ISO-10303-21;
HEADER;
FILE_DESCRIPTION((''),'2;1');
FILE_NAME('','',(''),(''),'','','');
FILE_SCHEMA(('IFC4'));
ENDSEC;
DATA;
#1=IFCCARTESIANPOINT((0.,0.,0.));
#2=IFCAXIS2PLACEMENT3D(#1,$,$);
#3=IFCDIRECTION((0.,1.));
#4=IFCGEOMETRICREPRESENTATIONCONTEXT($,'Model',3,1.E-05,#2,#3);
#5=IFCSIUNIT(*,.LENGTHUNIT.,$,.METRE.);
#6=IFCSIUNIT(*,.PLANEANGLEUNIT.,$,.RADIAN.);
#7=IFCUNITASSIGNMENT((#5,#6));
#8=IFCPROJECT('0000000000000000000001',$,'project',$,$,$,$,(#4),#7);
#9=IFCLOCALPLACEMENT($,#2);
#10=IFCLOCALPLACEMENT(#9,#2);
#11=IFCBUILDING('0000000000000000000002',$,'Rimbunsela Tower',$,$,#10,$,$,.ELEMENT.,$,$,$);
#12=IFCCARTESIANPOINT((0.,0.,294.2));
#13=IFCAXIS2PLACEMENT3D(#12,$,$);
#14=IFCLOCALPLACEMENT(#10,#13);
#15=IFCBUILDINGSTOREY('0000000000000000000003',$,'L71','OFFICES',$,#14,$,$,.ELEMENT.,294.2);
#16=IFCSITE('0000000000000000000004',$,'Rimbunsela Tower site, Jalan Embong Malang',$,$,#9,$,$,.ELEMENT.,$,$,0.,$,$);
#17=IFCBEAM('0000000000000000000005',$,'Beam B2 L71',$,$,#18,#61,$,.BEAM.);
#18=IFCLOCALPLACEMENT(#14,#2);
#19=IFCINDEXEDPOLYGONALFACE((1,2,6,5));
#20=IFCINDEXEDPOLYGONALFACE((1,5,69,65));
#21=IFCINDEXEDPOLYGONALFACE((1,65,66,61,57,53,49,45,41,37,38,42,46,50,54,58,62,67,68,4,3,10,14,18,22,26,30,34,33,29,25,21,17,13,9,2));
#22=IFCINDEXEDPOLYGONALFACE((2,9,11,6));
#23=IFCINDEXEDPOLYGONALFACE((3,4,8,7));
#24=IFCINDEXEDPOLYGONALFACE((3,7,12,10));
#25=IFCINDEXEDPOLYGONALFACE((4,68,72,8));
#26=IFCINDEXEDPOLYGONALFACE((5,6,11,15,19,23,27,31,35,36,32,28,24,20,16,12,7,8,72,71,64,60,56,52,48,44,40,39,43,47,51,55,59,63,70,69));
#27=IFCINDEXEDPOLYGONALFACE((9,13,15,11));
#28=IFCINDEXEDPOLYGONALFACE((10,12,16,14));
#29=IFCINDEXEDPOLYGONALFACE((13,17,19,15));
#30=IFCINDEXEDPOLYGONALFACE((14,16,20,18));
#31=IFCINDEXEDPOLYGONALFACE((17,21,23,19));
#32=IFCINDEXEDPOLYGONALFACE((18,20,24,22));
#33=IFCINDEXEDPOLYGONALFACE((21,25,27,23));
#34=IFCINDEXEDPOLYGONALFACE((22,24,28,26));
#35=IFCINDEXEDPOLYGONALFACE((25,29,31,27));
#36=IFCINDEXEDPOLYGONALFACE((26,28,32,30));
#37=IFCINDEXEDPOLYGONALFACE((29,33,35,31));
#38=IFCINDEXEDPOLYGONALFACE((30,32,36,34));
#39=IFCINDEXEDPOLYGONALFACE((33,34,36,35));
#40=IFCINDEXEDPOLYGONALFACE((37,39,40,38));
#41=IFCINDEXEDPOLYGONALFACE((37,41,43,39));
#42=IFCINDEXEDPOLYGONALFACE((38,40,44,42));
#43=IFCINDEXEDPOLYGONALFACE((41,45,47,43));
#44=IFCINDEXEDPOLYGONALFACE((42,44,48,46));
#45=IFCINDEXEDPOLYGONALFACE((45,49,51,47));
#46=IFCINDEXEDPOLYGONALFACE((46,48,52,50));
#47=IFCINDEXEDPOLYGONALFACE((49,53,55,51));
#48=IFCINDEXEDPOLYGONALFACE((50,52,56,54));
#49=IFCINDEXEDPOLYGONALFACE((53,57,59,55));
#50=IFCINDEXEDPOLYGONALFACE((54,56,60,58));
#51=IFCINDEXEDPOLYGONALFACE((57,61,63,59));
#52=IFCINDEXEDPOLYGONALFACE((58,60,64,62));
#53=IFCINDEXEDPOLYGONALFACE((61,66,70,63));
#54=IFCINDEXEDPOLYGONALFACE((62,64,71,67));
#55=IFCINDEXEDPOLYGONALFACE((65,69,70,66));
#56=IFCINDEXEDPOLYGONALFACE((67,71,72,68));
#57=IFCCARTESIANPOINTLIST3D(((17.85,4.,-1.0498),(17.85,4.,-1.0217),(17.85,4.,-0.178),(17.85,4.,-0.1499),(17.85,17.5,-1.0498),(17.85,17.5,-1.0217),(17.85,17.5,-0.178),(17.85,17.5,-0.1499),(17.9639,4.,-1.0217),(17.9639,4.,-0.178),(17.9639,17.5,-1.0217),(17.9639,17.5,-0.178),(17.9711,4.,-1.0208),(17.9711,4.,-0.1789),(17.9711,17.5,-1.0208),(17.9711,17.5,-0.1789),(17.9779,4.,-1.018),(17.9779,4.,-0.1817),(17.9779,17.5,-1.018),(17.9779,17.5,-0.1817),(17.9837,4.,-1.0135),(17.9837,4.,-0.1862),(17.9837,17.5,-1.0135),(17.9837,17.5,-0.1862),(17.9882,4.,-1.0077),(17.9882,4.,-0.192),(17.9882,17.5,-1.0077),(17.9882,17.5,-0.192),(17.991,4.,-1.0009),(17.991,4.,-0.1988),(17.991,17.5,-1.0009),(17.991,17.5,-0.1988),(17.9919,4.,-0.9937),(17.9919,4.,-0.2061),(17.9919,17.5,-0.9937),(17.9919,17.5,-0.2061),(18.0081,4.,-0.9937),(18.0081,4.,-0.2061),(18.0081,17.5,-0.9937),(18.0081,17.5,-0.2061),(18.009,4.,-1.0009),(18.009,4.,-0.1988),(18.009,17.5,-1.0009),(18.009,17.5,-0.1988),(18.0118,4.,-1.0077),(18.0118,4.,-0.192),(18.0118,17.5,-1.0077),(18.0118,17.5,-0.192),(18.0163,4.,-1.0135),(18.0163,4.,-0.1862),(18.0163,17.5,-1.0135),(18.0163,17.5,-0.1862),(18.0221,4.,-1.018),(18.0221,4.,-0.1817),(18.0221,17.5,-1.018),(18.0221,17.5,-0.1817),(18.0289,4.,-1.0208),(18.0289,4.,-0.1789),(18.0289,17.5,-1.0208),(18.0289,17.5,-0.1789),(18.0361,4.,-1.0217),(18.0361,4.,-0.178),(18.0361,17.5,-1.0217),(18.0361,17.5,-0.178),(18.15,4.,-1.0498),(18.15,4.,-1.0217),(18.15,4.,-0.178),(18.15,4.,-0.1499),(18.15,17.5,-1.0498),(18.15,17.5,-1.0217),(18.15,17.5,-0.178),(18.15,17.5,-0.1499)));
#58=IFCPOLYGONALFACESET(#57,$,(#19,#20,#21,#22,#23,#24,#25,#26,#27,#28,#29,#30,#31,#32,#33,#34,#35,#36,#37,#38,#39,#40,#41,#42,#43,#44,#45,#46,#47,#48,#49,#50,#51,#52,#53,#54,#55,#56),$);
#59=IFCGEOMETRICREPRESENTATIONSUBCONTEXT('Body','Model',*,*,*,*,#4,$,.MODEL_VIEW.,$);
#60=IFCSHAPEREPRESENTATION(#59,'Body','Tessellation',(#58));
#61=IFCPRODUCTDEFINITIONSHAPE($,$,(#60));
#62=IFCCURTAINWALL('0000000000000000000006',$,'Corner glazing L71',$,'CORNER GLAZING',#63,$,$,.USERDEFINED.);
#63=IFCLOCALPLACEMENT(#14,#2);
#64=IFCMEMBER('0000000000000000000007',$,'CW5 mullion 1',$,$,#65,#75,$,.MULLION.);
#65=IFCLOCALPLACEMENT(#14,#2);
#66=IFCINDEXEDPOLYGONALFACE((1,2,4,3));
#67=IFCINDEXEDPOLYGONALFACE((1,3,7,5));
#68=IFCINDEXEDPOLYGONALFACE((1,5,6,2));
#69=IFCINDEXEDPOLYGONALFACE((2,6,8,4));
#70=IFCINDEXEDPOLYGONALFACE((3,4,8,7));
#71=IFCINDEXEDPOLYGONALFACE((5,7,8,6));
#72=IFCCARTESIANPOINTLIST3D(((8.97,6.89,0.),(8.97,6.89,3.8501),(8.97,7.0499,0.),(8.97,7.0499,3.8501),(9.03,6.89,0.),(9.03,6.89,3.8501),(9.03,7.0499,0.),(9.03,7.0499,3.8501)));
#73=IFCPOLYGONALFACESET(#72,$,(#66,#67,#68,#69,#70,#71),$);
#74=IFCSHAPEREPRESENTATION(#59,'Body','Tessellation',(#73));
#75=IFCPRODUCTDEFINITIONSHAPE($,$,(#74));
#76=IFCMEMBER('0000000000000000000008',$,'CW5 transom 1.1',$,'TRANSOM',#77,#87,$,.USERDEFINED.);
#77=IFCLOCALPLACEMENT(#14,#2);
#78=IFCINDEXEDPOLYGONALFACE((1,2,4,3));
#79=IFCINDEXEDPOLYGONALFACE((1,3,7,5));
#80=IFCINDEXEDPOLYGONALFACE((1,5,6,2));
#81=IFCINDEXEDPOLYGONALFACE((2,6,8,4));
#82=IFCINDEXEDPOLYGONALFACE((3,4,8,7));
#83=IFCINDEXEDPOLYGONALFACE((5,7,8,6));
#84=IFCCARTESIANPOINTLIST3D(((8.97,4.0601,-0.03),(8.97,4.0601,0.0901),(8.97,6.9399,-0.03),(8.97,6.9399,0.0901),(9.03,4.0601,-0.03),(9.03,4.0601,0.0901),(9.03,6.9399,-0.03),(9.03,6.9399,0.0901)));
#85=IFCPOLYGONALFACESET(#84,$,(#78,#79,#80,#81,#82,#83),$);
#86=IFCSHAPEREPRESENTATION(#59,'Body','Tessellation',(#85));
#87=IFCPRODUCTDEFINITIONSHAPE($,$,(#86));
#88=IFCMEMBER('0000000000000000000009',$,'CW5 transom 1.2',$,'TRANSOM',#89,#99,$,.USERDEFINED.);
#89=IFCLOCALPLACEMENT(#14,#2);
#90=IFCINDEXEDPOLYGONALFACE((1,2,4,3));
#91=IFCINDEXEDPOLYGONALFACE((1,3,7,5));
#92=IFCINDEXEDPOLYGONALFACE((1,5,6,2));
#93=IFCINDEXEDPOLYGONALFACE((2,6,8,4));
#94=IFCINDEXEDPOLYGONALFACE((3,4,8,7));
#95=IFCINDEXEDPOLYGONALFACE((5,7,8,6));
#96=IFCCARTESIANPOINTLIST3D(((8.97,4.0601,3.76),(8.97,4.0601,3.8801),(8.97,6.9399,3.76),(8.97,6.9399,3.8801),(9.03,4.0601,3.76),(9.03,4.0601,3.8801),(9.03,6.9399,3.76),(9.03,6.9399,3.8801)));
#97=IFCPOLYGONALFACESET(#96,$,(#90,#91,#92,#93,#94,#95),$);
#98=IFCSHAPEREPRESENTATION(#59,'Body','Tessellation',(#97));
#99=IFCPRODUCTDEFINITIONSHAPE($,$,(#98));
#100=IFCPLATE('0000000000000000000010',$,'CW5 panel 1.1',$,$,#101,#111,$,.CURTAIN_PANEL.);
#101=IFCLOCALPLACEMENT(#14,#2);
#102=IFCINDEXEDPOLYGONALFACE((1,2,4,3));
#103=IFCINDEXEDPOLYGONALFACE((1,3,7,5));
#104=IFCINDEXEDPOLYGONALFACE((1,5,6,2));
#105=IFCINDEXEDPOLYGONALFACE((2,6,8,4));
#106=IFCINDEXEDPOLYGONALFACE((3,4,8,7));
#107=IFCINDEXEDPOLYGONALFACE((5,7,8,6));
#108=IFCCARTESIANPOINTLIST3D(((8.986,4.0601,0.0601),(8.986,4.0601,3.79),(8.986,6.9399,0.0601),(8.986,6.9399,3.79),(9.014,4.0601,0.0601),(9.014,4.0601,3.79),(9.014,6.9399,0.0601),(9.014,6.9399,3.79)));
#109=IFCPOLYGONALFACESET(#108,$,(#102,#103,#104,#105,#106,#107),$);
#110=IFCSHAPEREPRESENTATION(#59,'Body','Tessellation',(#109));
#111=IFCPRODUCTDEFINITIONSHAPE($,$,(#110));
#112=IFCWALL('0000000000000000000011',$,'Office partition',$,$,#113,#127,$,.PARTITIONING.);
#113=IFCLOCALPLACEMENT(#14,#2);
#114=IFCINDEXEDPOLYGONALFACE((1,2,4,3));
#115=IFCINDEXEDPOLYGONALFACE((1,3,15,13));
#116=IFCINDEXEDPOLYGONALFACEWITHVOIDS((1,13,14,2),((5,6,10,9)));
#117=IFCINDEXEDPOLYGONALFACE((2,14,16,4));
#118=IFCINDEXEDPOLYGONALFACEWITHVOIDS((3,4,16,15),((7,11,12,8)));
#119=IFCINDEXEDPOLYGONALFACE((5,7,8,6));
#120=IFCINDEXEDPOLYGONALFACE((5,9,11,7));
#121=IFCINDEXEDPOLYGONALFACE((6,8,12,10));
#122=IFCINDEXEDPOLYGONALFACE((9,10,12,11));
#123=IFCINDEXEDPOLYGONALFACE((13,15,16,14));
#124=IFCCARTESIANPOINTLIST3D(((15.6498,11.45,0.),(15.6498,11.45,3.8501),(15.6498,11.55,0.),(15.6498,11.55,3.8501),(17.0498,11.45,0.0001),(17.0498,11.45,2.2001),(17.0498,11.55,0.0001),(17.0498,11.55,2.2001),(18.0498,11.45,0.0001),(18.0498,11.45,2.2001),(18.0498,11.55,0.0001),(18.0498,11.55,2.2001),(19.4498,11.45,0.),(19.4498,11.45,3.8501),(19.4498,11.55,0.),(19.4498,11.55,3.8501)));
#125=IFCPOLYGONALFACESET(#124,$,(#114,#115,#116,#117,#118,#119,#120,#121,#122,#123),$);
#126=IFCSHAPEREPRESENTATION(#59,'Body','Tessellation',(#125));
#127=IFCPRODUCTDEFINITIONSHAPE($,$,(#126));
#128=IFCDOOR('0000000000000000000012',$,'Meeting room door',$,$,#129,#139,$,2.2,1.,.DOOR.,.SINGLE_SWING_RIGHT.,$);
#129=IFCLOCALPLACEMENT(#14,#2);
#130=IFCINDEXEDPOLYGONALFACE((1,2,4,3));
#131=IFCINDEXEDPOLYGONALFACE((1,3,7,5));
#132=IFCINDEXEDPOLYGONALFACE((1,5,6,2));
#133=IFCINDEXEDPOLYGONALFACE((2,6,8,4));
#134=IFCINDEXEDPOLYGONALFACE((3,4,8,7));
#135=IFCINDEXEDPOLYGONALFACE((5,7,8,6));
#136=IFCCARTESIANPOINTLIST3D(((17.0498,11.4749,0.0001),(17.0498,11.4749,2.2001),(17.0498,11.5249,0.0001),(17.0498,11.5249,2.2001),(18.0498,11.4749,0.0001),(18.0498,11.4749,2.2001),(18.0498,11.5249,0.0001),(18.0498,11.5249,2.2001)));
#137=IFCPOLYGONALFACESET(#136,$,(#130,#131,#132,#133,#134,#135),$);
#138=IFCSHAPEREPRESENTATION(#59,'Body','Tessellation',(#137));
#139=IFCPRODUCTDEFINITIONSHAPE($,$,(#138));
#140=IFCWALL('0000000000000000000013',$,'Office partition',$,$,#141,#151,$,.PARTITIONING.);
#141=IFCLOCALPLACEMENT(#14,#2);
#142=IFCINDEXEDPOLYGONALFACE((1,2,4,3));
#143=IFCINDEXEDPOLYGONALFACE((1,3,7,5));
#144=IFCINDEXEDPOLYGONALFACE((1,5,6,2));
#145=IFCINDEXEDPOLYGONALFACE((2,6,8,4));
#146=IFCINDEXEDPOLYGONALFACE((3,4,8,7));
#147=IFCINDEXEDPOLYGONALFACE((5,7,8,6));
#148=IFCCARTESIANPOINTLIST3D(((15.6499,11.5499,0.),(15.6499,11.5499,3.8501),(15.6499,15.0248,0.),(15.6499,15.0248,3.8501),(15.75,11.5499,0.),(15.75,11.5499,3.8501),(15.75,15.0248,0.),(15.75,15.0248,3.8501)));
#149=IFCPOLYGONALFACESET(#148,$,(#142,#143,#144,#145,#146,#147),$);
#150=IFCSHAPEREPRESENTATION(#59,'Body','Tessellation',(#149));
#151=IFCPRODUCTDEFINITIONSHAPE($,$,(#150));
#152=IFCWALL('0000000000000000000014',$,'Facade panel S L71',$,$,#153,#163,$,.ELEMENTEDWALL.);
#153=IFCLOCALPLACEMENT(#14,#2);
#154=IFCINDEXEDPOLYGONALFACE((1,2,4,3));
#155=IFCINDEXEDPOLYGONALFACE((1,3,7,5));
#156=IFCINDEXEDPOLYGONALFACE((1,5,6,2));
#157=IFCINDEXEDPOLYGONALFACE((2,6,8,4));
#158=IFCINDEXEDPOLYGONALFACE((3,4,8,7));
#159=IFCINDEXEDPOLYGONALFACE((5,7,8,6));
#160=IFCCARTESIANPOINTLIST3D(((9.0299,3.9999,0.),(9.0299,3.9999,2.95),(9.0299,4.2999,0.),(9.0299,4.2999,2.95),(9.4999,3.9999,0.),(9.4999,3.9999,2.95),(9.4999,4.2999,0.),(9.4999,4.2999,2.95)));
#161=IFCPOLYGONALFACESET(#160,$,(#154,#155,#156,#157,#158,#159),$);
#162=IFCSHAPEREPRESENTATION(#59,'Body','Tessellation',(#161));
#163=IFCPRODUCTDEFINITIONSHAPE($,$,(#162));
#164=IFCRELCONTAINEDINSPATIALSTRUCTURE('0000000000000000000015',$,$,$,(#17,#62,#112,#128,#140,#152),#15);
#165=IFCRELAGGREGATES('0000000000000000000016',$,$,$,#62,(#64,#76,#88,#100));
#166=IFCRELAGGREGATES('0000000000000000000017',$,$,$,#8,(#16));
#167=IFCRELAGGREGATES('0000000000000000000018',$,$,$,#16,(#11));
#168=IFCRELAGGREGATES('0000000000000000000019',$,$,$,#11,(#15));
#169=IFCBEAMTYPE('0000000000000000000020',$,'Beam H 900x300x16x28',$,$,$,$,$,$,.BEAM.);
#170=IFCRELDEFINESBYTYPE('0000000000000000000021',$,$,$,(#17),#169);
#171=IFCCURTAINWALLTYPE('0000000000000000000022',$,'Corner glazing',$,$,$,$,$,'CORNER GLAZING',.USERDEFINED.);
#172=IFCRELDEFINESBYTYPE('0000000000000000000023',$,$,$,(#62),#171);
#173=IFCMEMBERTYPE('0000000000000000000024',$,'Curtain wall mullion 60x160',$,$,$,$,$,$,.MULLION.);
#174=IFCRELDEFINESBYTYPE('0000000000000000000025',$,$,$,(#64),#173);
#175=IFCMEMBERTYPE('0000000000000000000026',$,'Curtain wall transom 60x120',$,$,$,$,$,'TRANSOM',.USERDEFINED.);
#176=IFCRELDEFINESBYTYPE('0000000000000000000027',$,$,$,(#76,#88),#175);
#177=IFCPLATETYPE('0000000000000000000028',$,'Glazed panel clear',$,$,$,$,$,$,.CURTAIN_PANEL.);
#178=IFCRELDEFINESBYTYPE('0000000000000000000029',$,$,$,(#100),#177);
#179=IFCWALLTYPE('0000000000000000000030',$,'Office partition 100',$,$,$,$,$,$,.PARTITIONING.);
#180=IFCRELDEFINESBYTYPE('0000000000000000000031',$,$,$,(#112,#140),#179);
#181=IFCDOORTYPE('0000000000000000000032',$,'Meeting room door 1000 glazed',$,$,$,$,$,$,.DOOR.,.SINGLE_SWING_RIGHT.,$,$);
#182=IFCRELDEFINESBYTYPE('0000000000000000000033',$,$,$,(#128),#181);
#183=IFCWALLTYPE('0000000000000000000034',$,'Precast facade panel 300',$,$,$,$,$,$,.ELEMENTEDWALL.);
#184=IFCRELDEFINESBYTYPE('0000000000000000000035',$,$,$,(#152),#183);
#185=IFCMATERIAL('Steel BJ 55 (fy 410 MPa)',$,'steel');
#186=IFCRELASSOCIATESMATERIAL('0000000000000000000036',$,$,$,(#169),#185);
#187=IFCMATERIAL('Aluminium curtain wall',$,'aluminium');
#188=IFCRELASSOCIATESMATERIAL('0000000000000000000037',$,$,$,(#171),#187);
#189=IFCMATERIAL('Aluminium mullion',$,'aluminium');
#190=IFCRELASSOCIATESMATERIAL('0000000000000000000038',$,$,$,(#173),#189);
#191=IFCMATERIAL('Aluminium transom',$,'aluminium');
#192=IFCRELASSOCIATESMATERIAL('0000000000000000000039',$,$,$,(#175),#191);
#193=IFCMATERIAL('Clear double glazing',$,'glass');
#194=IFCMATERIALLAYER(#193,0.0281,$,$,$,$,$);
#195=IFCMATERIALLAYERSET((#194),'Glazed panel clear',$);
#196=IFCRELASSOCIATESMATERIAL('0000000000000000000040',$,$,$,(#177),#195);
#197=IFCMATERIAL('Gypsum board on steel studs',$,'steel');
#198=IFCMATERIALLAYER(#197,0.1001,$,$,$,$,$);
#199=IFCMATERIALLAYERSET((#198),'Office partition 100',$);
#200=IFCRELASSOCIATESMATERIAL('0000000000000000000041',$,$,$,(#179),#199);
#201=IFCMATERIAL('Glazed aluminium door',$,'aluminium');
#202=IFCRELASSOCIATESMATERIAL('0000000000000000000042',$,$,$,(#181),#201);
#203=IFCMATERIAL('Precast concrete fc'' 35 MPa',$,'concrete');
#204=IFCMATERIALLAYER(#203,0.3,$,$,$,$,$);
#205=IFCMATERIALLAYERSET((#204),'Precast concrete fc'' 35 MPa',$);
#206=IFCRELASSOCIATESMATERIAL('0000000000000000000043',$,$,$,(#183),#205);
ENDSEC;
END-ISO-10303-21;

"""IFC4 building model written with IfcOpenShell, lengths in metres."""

from ifc_helpers import new_model, si_unit, direction, frame, frame_2d, origin, origin_2d, place, context, subcontext, project, spatial, rectangle, i_section, extrude, material, layer, layer_set, material_profile, profile_set, type_object, element, fill, aggregate, save


model = new_model("IFC4")

# Units and contexts
model_context = context("Model", 3, precision=1e-05, world=origin(), true_north=direction((0.0, 1.0)))
body_context = subcontext(model_context, "Body", "Model", "MODEL_VIEW")
ifc_project = project(units=[si_unit("LENGTHUNIT", "METRE"), si_unit("PLANEANGLEUNIT", "RADIAN")], contexts=[model_context])

# Site, building, storey
site_placement = place(None, origin())
site = spatial("IfcSite", under=ifc_project, at=site_placement, Name="Rimbunsela Tower site, Jalan Embong Malang", CompositionType="ELEMENT", RefElevation=0.0)
building_placement = place(site_placement, origin())
building = spatial("IfcBuilding", under=site, at=building_placement, Name="Rimbunsela Tower", CompositionType="ELEMENT")
storey_placement = place(building_placement, frame((0.0, 0.0, 294.2)))
storey = spatial("IfcBuildingStorey", under=building, at=storey_placement, Name="L71", Description="OFFICES", CompositionType="ELEMENT", Elevation=294.2)

# Beam
ifc_material_1 = material(Name="Steel BJ 55 (fy 410 MPa)", Category="steel")
ifc_material_profile_1 = material_profile(ifc_material_1, i_section(OverallWidth=0.3, OverallDepth=0.8999, WebThickness=0.0161, FlangeThickness=0.0281, FilletRadius=0.0281, at=origin_2d()), Name="H 900x300x16x28")
ifc_profile_set_1 = profile_set([ifc_material_profile_1], Name="Steel BJ 55 (fy 410 MPa)")
beam_type_1 = type_object("IfcBeamType", Name="Beam H 900x300x16x28", PredefinedType="BEAM", material=ifc_profile_set_1)
beam_placement = place(storey_placement, frame((18.0, 4.0, -0.5999), z_axis=(0.0, 1.0, 0.0), x_axis=(-1.0, 0.0, 0.0)))
element("IfcBeam", 1, at=beam_placement, inside=storey, type_object=beam_type_1, Name="Beam B2 L71", PredefinedType="BEAM", context=body_context, shape_type="SweptSolid", body=[
    extrude(i_section(OverallWidth=0.3, OverallDepth=0.8999, WebThickness=0.0161, FlangeThickness=0.0281, FilletRadius=0.0281, at=origin_2d()), origin(), (0.0, 0.0, 1.0), 13.5),
])

# Curtain wall, members, plate
ifc_material_2 = material(Name="Aluminium curtain wall", Category="aluminium")
curtain_wall_type = type_object("IfcCurtainWallType", Name="Corner glazing", ElementType="CORNER GLAZING", PredefinedType="USERDEFINED", material=ifc_material_2)
curtain_wall_placement = place(storey_placement, origin())
curtain_wall = element("IfcCurtainWall", 2, at=curtain_wall_placement, inside=storey, type_object=curtain_wall_type, Name="Corner glazing L71", ObjectType="CORNER GLAZING", PredefinedType="USERDEFINED")
ifc_material_3 = material(Name="Aluminium mullion", Category="aluminium")
ifc_material_profile_2 = material_profile(ifc_material_3, rectangle(XDim=0.0601, YDim=0.1599, at=origin_2d()), Name="Mullion 60x160")
ifc_profile_set_2 = profile_set([ifc_material_profile_2], Name="Aluminium mullion")
member_type_1 = type_object("IfcMemberType", Name="Curtain wall mullion 60x160", PredefinedType="MULLION", material=ifc_profile_set_2)
member_1_placement = place(storey_placement, frame((9.0, 6.97, 0.0), z_axis=(0.0, 0.0, 1.0), x_axis=(1.0, 0.0, 0.0)))
member_1 = element("IfcMember", 3, at=member_1_placement, type_object=member_type_1, Name="CW5 mullion 1", PredefinedType="MULLION", context=body_context, shape_type="SweptSolid", body=[
    extrude(rectangle(XDim=0.0601, YDim=0.1599, at=origin_2d()), origin(), (0.0, 0.0, 1.0), 3.8501),
])
ifc_material_4 = material(Name="Aluminium transom", Category="aluminium")
ifc_material_profile_3 = material_profile(ifc_material_4, rectangle(XDim=0.0601, YDim=0.1201, at=origin_2d()), Name="Transom 60x120")
ifc_profile_set_3 = profile_set([ifc_material_profile_3], Name="Aluminium transom")
member_type_2 = type_object("IfcMemberType", Name="Curtain wall transom 60x120", ElementType="TRANSOM", PredefinedType="USERDEFINED", material=ifc_profile_set_3)
member_2_placement = place(storey_placement, frame((9.0, 6.9399, 0.03), z_axis=(0.0, -1.0, 0.0), x_axis=(1.0, 0.0, 0.0)))
member_2 = element("IfcMember", 4, at=member_2_placement, type_object=member_type_2, Name="CW5 transom 1.1", ObjectType="TRANSOM", PredefinedType="USERDEFINED", context=body_context, shape_type="SweptSolid", body=[
    extrude(rectangle(XDim=0.0601, YDim=0.1201, at=origin_2d()), origin(), (0.0, 0.0, 1.0), 2.8799),
])
member_3_placement = place(storey_placement, frame((9.0, 6.9399, 3.8201), z_axis=(0.0, -1.0, 0.0), x_axis=(1.0, 0.0, 0.0)))
member_3 = element("IfcMember", 5, at=member_3_placement, type_object=member_type_2, Name="CW5 transom 1.2", ObjectType="TRANSOM", PredefinedType="USERDEFINED", context=body_context, shape_type="SweptSolid", body=[
    extrude(rectangle(XDim=0.0601, YDim=0.1201, at=origin_2d()), origin(), (0.0, 0.0, 1.0), 2.8799),
])
ifc_material_5 = material(Name="Clear double glazing", Category="glass")
ifc_layer_1 = layer(ifc_material_5, 0.0281)
ifc_layer_set_1 = layer_set([ifc_layer_1], Name="Glazed panel clear")
plate_type = type_object("IfcPlateType", Name="Glazed panel clear", PredefinedType="CURTAIN_PANEL", material=ifc_layer_set_1)
plate_placement = place(storey_placement, frame((9.0, 5.5, 0.0601), z_axis=(0.0, 0.0, 1.0), x_axis=(0.0, -1.0, 0.0)))
plate = element("IfcPlate", 6, at=plate_placement, type_object=plate_type, Name="CW5 panel 1.1", PredefinedType="CURTAIN_PANEL", context=body_context, shape_type="SweptSolid", body=[
    extrude(rectangle(XDim=2.8799, YDim=0.0281, at=origin_2d()), origin(), (0.0, 0.0, 1.0), 3.73),
])
aggregate(curtain_wall, [member_1, member_2, member_3, plate])

# Wall, opening, door
ifc_material_6 = material(Name="Gypsum board on steel studs", Category="steel")
ifc_layer_2 = layer(ifc_material_6, 0.1001)
ifc_layer_set_2 = layer_set([ifc_layer_2], Name="Office partition 100")
wall_type_1 = type_object("IfcWallType", Name="Office partition 100", PredefinedType="PARTITIONING", material=ifc_layer_set_2)
wall_1_placement = place(storey_placement, frame((15.6499, 11.5, 0.0), z_axis=(0.0, 0.0, 1.0), x_axis=(1.0, 0.0, 0.0)))
wall_1 = element("IfcWall", 7, at=wall_1_placement, inside=storey, type_object=wall_type_1, Name="Office partition", PredefinedType="PARTITIONING", context=body_context, shape_type="SweptSolid", body=[
    extrude(rectangle(XDim=3.8, YDim=0.1001, at=frame_2d((1.8999, 0.0))), origin(), (0.0, 0.0, 1.0), 3.8501),
])
opening_1_placement = place(wall_1_placement, frame((1.3999, 0.0, 0.0)))
opening_1 = element("IfcOpeningElement", 8, at=opening_1_placement, cuts=wall_1, PredefinedType="OPENING", context=body_context, shape_type="SweptSolid", body=[
    extrude(rectangle(XDim=1.0, YDim=2.2, at=frame_2d((0.5, 1.1001))), frame((0.0, 0.0601, 0.0), z_axis=(0.0, -1.0, 0.0), x_axis=(1.0, 0.0, 0.0)), (0.0, 0.0, 1.0), 0.1201),
])
ifc_material_7 = material(Name="Glazed aluminium door", Category="aluminium")
door_type_1 = type_object("IfcDoorType", Name="Meeting room door 1000 glazed", OperationType="SINGLE_SWING_RIGHT", PredefinedType="DOOR", material=ifc_material_7)
door_1_placement = place(opening_1_placement, origin())
door_1 = element("IfcDoor", 9, at=door_1_placement, inside=storey, type_object=door_type_1, Name="Meeting room door", OperationType="SINGLE_SWING_RIGHT", OverallHeight=2.2, OverallWidth=1.0, PredefinedType="DOOR", context=body_context, shape_type="SweptSolid", body=[
    extrude(rectangle(XDim=1.0, YDim=2.2, at=frame_2d((0.5, 1.1001))), frame((0.0, 0.0249, 0.0), z_axis=(0.0, -1.0, 0.0), x_axis=(1.0, 0.0, 0.0)), (0.0, 0.0, 1.0), 0.05),
])
fill(opening_1, door_1)

# Walls
wall_2_placement = place(storey_placement, frame((15.7, 11.55, 0.0), z_axis=(0.0, 0.0, 1.0), x_axis=(0.0, 1.0, 0.0)))
element("IfcWall", 10, at=wall_2_placement, inside=storey, type_object=wall_type_1, Name="Office partition", PredefinedType="PARTITIONING", context=body_context, shape_type="SweptSolid", body=[
    extrude(rectangle(XDim=3.4749, YDim=0.1001, at=frame_2d((1.7373, 0.0))), origin(), (0.0, 0.0, 1.0), 3.8501),
])
ifc_material_8 = material(Name="Precast concrete fc' 35 MPa", Category="concrete")
ifc_layer_3 = layer(ifc_material_8, 0.3)
ifc_layer_set_3 = layer_set([ifc_layer_3], Name="Precast concrete fc' 35 MPa")
wall_type_2 = type_object("IfcWallType", Name="Precast facade panel 300", PredefinedType="ELEMENTEDWALL", material=ifc_layer_set_3)
wall_3_placement = place(storey_placement, frame((9.03, 4.1499, 0.0), z_axis=(0.0, 0.0, 1.0), x_axis=(1.0, 0.0, 0.0)))
element("IfcWall", 11, at=wall_3_placement, inside=storey, type_object=wall_type_2, Name="Facade panel S L71", PredefinedType="ELEMENTEDWALL", context=body_context, shape_type="SweptSolid", body=[
    extrude(rectangle(XDim=0.47, YDim=0.3, at=frame_2d((0.2349, 0.0))), origin(), (0.0, 0.0, 1.0), 2.95),
])

save(model, "model.ifc")
